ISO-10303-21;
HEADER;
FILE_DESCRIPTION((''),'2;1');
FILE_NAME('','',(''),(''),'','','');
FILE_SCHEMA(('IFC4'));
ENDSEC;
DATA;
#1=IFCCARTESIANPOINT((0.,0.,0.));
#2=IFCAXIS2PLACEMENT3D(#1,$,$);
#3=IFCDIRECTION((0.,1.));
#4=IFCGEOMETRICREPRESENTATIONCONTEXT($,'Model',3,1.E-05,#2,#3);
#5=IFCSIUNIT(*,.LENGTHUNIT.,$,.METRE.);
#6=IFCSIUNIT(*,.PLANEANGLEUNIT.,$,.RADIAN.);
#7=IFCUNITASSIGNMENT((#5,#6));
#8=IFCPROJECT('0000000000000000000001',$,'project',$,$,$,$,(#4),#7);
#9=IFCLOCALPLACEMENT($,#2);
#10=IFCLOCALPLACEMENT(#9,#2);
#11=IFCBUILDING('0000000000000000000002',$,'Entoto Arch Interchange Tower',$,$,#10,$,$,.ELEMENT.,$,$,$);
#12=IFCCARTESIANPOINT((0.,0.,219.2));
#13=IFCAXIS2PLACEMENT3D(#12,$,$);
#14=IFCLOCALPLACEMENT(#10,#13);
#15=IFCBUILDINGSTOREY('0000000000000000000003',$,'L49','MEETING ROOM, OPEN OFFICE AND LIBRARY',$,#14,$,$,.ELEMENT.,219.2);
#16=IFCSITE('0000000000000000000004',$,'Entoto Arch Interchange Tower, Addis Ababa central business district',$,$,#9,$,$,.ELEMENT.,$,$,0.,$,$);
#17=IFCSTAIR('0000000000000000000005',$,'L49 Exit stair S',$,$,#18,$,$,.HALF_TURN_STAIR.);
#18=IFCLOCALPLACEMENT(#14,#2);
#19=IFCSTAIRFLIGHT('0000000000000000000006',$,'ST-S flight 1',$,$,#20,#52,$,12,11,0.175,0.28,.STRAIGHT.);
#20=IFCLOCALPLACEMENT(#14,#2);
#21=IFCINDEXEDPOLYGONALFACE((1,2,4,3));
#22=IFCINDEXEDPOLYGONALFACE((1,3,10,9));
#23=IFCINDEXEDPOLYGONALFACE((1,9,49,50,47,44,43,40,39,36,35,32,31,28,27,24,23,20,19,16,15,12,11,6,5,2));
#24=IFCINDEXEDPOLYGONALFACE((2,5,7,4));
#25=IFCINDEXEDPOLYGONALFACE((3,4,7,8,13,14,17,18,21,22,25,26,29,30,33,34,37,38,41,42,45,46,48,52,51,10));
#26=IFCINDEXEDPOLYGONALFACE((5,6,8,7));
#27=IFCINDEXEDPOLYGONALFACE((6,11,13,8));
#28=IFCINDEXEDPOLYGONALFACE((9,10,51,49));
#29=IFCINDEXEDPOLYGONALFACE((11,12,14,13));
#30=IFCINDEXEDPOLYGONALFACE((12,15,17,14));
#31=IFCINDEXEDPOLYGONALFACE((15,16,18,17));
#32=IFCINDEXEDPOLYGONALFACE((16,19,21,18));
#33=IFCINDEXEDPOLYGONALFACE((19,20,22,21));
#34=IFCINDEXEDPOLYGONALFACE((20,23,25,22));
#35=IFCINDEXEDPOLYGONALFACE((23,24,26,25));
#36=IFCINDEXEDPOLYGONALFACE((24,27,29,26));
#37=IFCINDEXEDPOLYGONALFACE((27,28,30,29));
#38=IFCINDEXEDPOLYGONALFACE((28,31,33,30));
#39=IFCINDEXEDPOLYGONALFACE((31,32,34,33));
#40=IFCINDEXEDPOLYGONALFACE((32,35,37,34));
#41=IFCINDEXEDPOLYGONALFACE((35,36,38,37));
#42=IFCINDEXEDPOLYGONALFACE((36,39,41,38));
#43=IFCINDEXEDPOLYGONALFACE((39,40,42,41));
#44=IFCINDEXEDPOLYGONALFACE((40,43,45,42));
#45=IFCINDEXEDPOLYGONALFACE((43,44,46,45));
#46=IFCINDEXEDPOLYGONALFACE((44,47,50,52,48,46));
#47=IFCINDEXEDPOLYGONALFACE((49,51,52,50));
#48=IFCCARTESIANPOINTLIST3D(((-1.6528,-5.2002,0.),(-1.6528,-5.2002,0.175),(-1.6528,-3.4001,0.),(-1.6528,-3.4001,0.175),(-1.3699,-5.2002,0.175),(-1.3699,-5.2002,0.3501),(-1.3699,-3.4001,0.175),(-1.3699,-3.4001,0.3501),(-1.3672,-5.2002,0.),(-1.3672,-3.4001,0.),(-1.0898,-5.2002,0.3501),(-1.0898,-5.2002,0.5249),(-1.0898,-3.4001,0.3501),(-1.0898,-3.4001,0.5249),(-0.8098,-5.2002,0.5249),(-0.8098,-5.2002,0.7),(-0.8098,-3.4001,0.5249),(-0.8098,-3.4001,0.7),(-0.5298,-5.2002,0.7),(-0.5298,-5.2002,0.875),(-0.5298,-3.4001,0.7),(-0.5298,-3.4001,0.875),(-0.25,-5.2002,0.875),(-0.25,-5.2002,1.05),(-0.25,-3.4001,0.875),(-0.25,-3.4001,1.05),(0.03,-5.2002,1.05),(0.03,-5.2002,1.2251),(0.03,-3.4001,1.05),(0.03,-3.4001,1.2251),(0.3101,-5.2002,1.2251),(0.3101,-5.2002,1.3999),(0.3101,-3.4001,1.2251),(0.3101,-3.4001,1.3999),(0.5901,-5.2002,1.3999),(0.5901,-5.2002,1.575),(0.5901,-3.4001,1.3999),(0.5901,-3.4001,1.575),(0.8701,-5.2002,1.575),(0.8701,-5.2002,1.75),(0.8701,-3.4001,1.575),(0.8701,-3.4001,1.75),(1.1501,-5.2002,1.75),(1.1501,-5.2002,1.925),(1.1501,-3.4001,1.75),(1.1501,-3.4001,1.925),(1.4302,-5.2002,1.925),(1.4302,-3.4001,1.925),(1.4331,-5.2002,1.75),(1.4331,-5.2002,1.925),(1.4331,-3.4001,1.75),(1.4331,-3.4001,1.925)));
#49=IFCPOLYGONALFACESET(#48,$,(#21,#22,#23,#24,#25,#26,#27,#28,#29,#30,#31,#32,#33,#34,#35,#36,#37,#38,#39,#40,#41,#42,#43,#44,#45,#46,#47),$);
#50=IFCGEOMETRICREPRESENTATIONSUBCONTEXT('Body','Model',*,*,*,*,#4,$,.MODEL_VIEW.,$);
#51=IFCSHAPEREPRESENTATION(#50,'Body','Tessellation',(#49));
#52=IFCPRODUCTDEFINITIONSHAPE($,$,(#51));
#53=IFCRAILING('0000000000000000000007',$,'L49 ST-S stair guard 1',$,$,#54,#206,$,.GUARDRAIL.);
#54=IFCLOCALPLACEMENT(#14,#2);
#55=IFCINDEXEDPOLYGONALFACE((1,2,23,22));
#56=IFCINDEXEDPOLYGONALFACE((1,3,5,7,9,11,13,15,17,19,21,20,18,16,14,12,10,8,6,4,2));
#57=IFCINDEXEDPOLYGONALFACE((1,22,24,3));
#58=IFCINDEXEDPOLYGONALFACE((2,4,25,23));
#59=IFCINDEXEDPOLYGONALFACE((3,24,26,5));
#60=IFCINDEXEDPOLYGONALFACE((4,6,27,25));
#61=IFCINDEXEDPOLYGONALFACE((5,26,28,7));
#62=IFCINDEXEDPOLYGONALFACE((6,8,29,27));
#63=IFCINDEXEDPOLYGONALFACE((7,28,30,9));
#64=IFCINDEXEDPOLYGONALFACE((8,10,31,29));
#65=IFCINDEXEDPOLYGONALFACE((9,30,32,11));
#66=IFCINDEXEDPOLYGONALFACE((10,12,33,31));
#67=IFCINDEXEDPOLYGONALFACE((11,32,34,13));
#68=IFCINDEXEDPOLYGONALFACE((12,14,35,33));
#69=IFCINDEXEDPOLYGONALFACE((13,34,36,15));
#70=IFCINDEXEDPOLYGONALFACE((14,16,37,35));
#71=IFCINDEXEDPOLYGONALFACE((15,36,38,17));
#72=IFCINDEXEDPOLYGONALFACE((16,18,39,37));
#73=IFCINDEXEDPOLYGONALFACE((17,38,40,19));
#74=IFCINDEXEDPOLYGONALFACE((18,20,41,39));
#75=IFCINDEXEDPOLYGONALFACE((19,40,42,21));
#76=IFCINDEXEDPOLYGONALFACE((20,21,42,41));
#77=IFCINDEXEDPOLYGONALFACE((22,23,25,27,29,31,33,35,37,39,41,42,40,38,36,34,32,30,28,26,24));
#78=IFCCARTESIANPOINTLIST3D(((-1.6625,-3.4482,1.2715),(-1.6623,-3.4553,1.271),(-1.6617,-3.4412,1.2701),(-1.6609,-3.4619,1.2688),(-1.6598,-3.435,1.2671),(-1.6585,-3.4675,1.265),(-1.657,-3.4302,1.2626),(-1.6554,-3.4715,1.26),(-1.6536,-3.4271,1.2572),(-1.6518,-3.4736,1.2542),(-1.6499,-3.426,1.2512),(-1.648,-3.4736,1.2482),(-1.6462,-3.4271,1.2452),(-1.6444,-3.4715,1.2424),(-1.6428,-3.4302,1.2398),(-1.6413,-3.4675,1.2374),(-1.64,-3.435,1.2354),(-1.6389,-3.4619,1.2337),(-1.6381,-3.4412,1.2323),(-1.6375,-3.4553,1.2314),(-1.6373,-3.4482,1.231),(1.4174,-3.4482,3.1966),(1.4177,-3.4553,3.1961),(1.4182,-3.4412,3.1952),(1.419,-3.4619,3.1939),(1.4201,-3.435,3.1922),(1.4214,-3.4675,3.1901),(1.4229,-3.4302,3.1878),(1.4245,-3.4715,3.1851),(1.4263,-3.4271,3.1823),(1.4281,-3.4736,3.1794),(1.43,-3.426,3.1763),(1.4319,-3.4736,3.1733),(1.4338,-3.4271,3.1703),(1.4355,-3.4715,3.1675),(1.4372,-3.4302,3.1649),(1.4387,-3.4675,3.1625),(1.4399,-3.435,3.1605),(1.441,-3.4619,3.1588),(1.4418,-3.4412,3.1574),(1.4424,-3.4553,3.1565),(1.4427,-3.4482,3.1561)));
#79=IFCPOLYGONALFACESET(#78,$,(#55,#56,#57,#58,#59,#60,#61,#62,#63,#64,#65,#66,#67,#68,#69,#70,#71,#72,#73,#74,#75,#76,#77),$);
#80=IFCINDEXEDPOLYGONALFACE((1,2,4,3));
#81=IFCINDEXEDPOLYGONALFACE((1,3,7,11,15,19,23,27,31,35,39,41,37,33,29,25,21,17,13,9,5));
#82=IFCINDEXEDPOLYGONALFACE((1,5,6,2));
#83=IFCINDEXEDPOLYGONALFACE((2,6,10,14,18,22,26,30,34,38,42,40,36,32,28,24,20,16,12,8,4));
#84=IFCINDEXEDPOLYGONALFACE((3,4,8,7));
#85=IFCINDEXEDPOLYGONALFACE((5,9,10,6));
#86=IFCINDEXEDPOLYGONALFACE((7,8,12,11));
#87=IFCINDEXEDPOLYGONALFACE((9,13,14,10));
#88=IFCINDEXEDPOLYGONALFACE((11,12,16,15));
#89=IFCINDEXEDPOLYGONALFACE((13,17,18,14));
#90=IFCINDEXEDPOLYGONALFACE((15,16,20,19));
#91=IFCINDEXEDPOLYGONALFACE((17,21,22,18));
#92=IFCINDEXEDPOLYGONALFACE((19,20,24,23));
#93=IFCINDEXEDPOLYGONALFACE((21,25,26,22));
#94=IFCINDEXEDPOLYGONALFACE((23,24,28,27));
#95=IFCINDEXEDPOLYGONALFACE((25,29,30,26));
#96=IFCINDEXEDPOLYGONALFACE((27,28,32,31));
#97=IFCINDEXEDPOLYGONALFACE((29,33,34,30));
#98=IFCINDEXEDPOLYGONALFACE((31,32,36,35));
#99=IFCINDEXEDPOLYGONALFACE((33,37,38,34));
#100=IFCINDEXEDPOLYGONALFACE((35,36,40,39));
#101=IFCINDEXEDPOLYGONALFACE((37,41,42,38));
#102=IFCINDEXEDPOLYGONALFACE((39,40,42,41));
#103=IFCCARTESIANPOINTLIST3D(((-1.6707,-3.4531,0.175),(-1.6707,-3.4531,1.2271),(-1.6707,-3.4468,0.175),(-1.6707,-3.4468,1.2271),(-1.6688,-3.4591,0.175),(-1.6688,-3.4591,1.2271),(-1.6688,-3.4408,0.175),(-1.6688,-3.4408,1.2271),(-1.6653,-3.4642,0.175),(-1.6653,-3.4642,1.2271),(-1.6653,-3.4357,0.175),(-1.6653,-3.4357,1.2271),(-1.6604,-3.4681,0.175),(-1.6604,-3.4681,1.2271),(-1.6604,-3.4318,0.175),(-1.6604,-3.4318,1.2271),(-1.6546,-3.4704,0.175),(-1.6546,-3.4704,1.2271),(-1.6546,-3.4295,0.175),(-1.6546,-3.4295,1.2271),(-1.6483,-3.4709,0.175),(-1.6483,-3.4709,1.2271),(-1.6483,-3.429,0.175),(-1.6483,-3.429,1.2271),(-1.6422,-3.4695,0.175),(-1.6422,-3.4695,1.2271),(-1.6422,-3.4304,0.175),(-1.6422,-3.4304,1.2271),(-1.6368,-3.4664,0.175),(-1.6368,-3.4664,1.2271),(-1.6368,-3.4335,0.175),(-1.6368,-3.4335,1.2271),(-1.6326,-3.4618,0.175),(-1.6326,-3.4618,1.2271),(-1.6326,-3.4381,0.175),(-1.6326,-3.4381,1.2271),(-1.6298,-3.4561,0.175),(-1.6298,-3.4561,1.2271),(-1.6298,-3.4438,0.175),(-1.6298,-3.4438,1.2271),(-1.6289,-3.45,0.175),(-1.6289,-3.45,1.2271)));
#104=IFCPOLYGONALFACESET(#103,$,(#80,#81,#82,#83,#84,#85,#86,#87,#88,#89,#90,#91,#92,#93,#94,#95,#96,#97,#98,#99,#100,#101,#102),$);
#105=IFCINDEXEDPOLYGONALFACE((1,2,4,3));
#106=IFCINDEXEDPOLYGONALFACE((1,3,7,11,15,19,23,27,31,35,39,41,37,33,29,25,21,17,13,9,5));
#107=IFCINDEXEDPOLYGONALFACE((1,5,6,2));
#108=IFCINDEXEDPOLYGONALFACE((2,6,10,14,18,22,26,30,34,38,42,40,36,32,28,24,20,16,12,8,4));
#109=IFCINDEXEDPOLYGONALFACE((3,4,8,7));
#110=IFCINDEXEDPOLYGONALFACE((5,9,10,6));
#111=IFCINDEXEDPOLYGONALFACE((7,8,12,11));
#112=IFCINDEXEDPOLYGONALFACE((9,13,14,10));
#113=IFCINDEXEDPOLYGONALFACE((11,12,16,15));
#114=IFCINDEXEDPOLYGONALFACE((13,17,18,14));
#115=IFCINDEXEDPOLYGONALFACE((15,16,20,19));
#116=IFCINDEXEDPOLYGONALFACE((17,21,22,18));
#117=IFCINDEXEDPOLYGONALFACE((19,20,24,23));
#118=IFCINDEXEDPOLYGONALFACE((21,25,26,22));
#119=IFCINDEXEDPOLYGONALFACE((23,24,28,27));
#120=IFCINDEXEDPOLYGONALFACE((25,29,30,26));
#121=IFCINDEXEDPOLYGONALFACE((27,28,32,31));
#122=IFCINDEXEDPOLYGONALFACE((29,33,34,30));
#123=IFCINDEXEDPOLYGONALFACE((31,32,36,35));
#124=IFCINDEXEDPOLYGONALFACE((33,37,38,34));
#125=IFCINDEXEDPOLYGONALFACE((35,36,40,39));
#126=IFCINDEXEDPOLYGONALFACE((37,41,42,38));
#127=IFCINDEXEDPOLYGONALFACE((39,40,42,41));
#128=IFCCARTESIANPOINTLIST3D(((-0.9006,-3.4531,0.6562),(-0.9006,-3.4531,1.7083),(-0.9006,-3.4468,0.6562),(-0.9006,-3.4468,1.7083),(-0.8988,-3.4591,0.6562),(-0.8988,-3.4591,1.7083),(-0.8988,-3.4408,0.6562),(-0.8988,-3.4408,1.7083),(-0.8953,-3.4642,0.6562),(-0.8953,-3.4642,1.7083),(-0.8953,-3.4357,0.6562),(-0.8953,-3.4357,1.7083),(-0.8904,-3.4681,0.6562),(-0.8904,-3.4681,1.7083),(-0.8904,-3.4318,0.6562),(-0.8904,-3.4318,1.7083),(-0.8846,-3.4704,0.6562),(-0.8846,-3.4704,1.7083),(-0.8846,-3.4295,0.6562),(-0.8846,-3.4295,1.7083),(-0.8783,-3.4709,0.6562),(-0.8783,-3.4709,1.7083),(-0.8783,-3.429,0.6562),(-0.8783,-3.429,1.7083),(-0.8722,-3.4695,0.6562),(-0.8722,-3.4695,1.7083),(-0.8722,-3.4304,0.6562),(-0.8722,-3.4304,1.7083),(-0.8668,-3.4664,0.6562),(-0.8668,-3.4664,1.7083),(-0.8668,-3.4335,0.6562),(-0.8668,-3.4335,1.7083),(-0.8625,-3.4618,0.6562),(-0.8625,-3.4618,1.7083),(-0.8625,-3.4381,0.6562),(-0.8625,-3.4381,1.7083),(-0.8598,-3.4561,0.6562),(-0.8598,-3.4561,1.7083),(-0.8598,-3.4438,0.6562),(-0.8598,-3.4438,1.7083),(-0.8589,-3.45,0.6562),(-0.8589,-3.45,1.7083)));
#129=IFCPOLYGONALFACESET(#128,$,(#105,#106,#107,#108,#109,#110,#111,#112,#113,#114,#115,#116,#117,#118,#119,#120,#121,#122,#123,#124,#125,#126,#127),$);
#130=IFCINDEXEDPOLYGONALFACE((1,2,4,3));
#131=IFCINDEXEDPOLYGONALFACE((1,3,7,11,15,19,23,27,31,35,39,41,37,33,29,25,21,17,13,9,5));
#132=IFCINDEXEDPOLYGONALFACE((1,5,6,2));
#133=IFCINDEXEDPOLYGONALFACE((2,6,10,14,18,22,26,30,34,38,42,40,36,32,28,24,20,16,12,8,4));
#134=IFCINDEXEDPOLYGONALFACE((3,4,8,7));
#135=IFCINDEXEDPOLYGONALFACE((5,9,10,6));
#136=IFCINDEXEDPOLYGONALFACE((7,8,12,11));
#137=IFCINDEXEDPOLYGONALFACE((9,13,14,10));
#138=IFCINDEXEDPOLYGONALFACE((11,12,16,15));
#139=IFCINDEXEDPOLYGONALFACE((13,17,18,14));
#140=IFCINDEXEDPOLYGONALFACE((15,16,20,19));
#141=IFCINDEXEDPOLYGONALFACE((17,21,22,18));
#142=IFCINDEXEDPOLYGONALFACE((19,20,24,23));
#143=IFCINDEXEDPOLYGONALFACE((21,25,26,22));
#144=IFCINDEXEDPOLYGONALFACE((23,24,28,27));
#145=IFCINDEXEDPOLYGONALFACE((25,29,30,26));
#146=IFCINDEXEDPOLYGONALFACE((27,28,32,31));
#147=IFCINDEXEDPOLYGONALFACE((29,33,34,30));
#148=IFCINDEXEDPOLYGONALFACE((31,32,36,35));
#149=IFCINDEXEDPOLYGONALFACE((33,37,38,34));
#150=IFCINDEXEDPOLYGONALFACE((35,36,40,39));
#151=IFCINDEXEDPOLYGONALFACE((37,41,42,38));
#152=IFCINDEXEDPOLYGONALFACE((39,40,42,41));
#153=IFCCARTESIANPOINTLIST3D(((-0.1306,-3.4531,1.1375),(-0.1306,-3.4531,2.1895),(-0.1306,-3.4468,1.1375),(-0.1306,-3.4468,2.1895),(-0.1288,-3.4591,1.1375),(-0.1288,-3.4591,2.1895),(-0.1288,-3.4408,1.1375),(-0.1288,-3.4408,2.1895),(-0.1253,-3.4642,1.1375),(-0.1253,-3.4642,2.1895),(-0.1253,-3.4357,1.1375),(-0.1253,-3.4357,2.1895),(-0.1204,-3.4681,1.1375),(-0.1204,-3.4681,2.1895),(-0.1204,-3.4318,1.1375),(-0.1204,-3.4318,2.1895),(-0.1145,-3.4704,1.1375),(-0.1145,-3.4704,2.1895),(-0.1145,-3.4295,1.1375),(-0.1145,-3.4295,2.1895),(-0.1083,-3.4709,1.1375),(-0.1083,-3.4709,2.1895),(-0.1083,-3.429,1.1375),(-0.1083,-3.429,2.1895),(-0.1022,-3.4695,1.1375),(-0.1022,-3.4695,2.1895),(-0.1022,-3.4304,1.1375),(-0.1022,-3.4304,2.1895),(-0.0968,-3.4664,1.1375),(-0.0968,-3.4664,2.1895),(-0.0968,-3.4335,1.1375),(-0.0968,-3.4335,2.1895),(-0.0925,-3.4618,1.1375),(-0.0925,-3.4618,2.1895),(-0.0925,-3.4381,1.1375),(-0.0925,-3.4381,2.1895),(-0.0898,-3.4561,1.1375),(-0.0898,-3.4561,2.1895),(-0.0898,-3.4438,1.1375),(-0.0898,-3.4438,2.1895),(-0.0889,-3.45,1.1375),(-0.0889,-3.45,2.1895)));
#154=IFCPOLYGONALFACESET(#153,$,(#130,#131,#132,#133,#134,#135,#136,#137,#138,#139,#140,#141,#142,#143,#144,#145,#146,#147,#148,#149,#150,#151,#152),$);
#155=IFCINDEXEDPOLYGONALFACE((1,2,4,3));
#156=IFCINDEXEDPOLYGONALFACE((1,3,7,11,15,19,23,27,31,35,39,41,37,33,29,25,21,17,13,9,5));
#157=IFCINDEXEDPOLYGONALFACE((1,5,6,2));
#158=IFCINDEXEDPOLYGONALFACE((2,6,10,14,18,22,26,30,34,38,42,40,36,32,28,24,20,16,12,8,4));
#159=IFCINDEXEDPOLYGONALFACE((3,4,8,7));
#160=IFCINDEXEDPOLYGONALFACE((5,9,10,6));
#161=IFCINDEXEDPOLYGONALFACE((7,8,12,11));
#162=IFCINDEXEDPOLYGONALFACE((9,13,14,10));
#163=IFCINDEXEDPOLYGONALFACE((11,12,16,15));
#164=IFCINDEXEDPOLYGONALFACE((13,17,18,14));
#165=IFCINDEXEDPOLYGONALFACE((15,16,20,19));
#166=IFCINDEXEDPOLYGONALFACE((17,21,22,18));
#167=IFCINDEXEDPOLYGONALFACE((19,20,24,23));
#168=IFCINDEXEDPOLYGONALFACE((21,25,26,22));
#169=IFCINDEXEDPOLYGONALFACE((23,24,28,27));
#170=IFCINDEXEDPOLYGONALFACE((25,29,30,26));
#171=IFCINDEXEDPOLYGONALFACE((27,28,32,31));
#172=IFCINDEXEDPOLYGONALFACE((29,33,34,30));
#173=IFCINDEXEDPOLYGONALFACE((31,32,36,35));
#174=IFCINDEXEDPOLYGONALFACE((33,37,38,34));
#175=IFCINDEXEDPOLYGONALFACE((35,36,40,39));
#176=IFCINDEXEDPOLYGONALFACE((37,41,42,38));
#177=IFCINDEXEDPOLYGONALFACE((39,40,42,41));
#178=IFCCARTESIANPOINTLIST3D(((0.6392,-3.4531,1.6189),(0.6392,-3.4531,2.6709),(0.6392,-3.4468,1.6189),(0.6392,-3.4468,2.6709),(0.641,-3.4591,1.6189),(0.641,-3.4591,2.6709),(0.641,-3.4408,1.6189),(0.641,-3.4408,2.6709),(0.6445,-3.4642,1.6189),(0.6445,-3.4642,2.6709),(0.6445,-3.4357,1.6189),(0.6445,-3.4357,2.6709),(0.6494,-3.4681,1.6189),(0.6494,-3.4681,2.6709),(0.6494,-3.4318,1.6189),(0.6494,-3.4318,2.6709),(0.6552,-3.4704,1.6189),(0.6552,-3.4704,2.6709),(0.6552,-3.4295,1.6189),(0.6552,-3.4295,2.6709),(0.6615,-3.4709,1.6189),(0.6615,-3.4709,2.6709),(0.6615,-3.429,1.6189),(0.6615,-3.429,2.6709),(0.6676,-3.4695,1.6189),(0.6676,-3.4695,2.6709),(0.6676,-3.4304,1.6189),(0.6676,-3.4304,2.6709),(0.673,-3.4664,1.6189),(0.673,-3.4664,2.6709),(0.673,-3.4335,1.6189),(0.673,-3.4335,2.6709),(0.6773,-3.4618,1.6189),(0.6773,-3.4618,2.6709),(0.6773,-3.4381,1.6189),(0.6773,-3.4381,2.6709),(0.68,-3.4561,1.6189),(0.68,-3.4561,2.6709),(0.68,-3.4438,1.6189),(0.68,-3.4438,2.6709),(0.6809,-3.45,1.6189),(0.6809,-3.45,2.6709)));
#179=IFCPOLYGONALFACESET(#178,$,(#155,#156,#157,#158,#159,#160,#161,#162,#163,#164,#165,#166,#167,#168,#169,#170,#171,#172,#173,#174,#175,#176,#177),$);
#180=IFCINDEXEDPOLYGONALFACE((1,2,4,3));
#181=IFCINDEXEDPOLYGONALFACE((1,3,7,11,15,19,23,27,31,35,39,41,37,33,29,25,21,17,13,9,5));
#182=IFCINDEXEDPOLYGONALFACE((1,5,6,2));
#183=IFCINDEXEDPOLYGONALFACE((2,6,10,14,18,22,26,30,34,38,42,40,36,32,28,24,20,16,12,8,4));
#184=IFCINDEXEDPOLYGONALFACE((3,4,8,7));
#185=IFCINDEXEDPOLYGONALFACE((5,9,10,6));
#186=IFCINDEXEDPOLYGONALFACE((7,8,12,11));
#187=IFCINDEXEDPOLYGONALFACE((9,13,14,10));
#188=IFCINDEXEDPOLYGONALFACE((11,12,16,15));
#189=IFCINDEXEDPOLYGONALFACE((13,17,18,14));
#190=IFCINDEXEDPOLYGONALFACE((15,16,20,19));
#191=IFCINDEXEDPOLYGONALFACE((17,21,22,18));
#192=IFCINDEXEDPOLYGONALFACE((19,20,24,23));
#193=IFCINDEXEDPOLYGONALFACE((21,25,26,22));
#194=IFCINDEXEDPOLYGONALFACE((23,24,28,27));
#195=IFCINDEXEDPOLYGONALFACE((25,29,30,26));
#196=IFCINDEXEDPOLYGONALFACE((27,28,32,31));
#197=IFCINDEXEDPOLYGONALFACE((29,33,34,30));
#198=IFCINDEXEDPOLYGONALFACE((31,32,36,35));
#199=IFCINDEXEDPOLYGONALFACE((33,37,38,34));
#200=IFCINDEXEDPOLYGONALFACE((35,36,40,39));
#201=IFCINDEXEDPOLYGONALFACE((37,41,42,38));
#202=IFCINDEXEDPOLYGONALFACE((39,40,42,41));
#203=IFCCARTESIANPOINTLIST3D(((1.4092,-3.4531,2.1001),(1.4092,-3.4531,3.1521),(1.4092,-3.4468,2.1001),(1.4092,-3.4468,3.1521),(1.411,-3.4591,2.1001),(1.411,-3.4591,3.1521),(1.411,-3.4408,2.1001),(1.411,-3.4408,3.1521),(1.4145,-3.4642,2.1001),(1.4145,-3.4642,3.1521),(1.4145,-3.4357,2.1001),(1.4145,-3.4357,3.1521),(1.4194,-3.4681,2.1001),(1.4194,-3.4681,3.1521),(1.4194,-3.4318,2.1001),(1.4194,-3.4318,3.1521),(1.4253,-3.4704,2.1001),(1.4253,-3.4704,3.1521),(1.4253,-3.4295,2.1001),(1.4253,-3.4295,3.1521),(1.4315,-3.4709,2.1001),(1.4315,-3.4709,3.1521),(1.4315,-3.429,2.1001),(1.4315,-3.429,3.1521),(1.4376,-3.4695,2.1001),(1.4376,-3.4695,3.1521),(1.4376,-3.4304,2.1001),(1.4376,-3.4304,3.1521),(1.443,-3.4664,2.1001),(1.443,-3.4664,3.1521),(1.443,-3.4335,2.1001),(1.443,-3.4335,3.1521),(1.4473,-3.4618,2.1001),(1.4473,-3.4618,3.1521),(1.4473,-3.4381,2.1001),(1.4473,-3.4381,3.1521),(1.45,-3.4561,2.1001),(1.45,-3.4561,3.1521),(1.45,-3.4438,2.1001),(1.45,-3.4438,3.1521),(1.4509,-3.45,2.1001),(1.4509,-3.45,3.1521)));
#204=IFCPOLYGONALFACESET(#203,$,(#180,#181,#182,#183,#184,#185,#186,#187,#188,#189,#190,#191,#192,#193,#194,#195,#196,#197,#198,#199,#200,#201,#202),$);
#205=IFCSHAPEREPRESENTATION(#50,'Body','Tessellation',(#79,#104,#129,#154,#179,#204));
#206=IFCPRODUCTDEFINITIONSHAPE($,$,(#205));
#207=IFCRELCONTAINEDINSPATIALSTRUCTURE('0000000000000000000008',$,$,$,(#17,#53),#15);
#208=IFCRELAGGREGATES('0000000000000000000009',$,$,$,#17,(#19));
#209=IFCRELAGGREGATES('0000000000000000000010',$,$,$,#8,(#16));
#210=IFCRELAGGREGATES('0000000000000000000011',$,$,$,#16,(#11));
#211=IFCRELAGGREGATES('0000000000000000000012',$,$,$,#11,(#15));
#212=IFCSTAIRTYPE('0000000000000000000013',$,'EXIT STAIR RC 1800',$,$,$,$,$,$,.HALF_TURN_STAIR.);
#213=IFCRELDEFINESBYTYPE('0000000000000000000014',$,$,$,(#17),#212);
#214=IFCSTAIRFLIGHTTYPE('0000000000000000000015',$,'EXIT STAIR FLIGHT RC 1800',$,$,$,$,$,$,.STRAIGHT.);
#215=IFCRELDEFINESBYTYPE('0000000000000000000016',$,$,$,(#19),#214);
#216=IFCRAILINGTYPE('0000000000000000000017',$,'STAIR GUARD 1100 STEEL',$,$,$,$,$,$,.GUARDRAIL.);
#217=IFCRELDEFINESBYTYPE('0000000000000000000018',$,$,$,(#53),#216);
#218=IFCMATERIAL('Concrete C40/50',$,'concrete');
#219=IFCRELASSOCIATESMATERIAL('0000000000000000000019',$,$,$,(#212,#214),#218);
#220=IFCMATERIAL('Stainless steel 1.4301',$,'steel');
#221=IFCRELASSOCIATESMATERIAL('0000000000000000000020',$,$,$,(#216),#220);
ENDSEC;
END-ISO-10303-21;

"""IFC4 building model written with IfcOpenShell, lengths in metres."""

from ifc_helpers import new_model, si_unit, direction, frame, origin, origin_2d, place, context, subcontext, project, spatial, polyline, circle, outline, extrude, material, type_object, element, aggregate, save


model = new_model("IFC4")

# Units and contexts
model_context = context("Model", 3, precision=1e-05, world=origin(), true_north=direction((0.0, 1.0)))
body_context = subcontext(model_context, "Body", "Model", "MODEL_VIEW")
ifc_project = project(units=[si_unit("LENGTHUNIT", "METRE"), si_unit("PLANEANGLEUNIT", "RADIAN")], contexts=[model_context])

# Site, building, storey
site_placement = place(None, origin())
site = spatial("IfcSite", under=ifc_project, at=site_placement, Name="Entoto Arch Interchange Tower, Addis Ababa central business district", CompositionType="ELEMENT", RefElevation=0.0)
building_placement = place(site_placement, origin())
building = spatial("IfcBuilding", under=site, at=building_placement, Name="Entoto Arch Interchange Tower", CompositionType="ELEMENT")
storey_placement = place(building_placement, frame((0.0, 0.0, 219.2)))
storey = spatial("IfcBuildingStorey", under=building, at=storey_placement, Name="L49", Description="MEETING ROOM, OPEN OFFICE AND LIBRARY", CompositionType="ELEMENT", Elevation=219.2)

# Shared definitions
ifc_material_1 = material(Name="Concrete C40/50", Category="concrete")

# Stair, stair flight
stair_type = type_object("IfcStairType", Name="EXIT STAIR RC 1800", PredefinedType="HALF_TURN_STAIR", material=ifc_material_1)
stair_placement = place(storey_placement, origin())
stair = element("IfcStair", 1, at=stair_placement, inside=storey, type_object=stair_type, Name="L49 Exit stair S", PredefinedType="HALF_TURN_STAIR")
stair_flight_type = type_object("IfcStairFlightType", Name="EXIT STAIR FLIGHT RC 1800", PredefinedType="STRAIGHT", material=ifc_material_1)
stair_flight_placement = place(storey_placement, frame((-1.6499, -4.3, 0.0), z_axis=(0.0, 0.0, 1.0), x_axis=(1.0, 0.0, 0.0)))
stair_flight = element("IfcStairFlight", 2, at=stair_flight_placement, type_object=stair_flight_type, Name="ST-S flight 1", NumberOfRisers=12, NumberOfTreads=11, PredefinedType="STRAIGHT", RiserHeight=0.175, TreadLength=0.28, context=body_context, shape_type="SweptSolid", body=[
    extrude(outline(polyline([(-0.0029, 0.0), (-0.0029, 0.175), (0.28, 0.175), (0.28, 0.3501), (0.5601, 0.3501), (0.5601, 0.5249), (0.8401, 0.5249), (0.8401, 0.7), (1.1201, 0.7), (1.1201, 0.875), (1.3999, 0.875), (1.3999, 1.05), (1.6799, 1.05), (1.6799, 1.2251), (1.96, 1.2251), (1.96, 1.3999), (2.24, 1.3999), (2.24, 1.575), (2.52, 1.575), (2.52, 1.75), (2.8, 1.75), (2.8, 1.925), (3.0801, 1.925), (3.083, 1.925), (3.083, 1.75), (0.2827, 0.0), (-0.0029, 0.0)])), frame((0.0, 0.8999, 0.0), z_axis=(0.0, -1.0, 0.0), x_axis=(1.0, 0.0, 0.0)), (0.0, 0.0, 1.0), 1.8),
])
aggregate(stair, [stair_flight])

# Railing
ifc_material_2 = material(Name="Stainless steel 1.4301", Category="steel")
railing_type_1 = type_object("IfcRailingType", Name="STAIR GUARD 1100 STEEL", PredefinedType="GUARDRAIL", material=ifc_material_2)
railing_1_placement = place(storey_placement, frame((-1.6499, -3.45, 0.175)))
element("IfcRailing", 3, at=railing_1_placement, inside=storey, type_object=railing_type_1, Name="L49 ST-S stair guard 1", PredefinedType="GUARDRAIL", context=body_context, shape_type="SweptSolid", body=[
    extrude(circle(Radius=0.0239, at=origin_2d()), frame((0.0, 0.0, 1.0762), z_axis=(0.847979, 0.0, 0.530029), x_axis=(0.0, 1.0, 0.0)), (0.0, 0.0, 1.0), 3.6321),
    extrude(circle(Radius=0.021, at=origin_2d()), origin(), (0.0, 0.0, 1.0), 1.052),
    extrude(circle(Radius=0.021, at=origin_2d()), frame((0.77, 0.0, 0.4812)), (0.0, 0.0, 1.0), 1.052),
    extrude(circle(Radius=0.021, at=origin_2d()), frame((1.54, 0.0, 0.9624)), (0.0, 0.0, 1.0), 1.052),
    extrude(circle(Radius=0.021, at=origin_2d()), frame((2.3098, 0.0, 1.4438)), (0.0, 0.0, 1.0), 1.052),
    extrude(circle(Radius=0.021, at=origin_2d()), frame((3.0798, 0.0, 1.925)), (0.0, 0.0, 1.0), 1.052),
])

save(model, "model.ifc")
